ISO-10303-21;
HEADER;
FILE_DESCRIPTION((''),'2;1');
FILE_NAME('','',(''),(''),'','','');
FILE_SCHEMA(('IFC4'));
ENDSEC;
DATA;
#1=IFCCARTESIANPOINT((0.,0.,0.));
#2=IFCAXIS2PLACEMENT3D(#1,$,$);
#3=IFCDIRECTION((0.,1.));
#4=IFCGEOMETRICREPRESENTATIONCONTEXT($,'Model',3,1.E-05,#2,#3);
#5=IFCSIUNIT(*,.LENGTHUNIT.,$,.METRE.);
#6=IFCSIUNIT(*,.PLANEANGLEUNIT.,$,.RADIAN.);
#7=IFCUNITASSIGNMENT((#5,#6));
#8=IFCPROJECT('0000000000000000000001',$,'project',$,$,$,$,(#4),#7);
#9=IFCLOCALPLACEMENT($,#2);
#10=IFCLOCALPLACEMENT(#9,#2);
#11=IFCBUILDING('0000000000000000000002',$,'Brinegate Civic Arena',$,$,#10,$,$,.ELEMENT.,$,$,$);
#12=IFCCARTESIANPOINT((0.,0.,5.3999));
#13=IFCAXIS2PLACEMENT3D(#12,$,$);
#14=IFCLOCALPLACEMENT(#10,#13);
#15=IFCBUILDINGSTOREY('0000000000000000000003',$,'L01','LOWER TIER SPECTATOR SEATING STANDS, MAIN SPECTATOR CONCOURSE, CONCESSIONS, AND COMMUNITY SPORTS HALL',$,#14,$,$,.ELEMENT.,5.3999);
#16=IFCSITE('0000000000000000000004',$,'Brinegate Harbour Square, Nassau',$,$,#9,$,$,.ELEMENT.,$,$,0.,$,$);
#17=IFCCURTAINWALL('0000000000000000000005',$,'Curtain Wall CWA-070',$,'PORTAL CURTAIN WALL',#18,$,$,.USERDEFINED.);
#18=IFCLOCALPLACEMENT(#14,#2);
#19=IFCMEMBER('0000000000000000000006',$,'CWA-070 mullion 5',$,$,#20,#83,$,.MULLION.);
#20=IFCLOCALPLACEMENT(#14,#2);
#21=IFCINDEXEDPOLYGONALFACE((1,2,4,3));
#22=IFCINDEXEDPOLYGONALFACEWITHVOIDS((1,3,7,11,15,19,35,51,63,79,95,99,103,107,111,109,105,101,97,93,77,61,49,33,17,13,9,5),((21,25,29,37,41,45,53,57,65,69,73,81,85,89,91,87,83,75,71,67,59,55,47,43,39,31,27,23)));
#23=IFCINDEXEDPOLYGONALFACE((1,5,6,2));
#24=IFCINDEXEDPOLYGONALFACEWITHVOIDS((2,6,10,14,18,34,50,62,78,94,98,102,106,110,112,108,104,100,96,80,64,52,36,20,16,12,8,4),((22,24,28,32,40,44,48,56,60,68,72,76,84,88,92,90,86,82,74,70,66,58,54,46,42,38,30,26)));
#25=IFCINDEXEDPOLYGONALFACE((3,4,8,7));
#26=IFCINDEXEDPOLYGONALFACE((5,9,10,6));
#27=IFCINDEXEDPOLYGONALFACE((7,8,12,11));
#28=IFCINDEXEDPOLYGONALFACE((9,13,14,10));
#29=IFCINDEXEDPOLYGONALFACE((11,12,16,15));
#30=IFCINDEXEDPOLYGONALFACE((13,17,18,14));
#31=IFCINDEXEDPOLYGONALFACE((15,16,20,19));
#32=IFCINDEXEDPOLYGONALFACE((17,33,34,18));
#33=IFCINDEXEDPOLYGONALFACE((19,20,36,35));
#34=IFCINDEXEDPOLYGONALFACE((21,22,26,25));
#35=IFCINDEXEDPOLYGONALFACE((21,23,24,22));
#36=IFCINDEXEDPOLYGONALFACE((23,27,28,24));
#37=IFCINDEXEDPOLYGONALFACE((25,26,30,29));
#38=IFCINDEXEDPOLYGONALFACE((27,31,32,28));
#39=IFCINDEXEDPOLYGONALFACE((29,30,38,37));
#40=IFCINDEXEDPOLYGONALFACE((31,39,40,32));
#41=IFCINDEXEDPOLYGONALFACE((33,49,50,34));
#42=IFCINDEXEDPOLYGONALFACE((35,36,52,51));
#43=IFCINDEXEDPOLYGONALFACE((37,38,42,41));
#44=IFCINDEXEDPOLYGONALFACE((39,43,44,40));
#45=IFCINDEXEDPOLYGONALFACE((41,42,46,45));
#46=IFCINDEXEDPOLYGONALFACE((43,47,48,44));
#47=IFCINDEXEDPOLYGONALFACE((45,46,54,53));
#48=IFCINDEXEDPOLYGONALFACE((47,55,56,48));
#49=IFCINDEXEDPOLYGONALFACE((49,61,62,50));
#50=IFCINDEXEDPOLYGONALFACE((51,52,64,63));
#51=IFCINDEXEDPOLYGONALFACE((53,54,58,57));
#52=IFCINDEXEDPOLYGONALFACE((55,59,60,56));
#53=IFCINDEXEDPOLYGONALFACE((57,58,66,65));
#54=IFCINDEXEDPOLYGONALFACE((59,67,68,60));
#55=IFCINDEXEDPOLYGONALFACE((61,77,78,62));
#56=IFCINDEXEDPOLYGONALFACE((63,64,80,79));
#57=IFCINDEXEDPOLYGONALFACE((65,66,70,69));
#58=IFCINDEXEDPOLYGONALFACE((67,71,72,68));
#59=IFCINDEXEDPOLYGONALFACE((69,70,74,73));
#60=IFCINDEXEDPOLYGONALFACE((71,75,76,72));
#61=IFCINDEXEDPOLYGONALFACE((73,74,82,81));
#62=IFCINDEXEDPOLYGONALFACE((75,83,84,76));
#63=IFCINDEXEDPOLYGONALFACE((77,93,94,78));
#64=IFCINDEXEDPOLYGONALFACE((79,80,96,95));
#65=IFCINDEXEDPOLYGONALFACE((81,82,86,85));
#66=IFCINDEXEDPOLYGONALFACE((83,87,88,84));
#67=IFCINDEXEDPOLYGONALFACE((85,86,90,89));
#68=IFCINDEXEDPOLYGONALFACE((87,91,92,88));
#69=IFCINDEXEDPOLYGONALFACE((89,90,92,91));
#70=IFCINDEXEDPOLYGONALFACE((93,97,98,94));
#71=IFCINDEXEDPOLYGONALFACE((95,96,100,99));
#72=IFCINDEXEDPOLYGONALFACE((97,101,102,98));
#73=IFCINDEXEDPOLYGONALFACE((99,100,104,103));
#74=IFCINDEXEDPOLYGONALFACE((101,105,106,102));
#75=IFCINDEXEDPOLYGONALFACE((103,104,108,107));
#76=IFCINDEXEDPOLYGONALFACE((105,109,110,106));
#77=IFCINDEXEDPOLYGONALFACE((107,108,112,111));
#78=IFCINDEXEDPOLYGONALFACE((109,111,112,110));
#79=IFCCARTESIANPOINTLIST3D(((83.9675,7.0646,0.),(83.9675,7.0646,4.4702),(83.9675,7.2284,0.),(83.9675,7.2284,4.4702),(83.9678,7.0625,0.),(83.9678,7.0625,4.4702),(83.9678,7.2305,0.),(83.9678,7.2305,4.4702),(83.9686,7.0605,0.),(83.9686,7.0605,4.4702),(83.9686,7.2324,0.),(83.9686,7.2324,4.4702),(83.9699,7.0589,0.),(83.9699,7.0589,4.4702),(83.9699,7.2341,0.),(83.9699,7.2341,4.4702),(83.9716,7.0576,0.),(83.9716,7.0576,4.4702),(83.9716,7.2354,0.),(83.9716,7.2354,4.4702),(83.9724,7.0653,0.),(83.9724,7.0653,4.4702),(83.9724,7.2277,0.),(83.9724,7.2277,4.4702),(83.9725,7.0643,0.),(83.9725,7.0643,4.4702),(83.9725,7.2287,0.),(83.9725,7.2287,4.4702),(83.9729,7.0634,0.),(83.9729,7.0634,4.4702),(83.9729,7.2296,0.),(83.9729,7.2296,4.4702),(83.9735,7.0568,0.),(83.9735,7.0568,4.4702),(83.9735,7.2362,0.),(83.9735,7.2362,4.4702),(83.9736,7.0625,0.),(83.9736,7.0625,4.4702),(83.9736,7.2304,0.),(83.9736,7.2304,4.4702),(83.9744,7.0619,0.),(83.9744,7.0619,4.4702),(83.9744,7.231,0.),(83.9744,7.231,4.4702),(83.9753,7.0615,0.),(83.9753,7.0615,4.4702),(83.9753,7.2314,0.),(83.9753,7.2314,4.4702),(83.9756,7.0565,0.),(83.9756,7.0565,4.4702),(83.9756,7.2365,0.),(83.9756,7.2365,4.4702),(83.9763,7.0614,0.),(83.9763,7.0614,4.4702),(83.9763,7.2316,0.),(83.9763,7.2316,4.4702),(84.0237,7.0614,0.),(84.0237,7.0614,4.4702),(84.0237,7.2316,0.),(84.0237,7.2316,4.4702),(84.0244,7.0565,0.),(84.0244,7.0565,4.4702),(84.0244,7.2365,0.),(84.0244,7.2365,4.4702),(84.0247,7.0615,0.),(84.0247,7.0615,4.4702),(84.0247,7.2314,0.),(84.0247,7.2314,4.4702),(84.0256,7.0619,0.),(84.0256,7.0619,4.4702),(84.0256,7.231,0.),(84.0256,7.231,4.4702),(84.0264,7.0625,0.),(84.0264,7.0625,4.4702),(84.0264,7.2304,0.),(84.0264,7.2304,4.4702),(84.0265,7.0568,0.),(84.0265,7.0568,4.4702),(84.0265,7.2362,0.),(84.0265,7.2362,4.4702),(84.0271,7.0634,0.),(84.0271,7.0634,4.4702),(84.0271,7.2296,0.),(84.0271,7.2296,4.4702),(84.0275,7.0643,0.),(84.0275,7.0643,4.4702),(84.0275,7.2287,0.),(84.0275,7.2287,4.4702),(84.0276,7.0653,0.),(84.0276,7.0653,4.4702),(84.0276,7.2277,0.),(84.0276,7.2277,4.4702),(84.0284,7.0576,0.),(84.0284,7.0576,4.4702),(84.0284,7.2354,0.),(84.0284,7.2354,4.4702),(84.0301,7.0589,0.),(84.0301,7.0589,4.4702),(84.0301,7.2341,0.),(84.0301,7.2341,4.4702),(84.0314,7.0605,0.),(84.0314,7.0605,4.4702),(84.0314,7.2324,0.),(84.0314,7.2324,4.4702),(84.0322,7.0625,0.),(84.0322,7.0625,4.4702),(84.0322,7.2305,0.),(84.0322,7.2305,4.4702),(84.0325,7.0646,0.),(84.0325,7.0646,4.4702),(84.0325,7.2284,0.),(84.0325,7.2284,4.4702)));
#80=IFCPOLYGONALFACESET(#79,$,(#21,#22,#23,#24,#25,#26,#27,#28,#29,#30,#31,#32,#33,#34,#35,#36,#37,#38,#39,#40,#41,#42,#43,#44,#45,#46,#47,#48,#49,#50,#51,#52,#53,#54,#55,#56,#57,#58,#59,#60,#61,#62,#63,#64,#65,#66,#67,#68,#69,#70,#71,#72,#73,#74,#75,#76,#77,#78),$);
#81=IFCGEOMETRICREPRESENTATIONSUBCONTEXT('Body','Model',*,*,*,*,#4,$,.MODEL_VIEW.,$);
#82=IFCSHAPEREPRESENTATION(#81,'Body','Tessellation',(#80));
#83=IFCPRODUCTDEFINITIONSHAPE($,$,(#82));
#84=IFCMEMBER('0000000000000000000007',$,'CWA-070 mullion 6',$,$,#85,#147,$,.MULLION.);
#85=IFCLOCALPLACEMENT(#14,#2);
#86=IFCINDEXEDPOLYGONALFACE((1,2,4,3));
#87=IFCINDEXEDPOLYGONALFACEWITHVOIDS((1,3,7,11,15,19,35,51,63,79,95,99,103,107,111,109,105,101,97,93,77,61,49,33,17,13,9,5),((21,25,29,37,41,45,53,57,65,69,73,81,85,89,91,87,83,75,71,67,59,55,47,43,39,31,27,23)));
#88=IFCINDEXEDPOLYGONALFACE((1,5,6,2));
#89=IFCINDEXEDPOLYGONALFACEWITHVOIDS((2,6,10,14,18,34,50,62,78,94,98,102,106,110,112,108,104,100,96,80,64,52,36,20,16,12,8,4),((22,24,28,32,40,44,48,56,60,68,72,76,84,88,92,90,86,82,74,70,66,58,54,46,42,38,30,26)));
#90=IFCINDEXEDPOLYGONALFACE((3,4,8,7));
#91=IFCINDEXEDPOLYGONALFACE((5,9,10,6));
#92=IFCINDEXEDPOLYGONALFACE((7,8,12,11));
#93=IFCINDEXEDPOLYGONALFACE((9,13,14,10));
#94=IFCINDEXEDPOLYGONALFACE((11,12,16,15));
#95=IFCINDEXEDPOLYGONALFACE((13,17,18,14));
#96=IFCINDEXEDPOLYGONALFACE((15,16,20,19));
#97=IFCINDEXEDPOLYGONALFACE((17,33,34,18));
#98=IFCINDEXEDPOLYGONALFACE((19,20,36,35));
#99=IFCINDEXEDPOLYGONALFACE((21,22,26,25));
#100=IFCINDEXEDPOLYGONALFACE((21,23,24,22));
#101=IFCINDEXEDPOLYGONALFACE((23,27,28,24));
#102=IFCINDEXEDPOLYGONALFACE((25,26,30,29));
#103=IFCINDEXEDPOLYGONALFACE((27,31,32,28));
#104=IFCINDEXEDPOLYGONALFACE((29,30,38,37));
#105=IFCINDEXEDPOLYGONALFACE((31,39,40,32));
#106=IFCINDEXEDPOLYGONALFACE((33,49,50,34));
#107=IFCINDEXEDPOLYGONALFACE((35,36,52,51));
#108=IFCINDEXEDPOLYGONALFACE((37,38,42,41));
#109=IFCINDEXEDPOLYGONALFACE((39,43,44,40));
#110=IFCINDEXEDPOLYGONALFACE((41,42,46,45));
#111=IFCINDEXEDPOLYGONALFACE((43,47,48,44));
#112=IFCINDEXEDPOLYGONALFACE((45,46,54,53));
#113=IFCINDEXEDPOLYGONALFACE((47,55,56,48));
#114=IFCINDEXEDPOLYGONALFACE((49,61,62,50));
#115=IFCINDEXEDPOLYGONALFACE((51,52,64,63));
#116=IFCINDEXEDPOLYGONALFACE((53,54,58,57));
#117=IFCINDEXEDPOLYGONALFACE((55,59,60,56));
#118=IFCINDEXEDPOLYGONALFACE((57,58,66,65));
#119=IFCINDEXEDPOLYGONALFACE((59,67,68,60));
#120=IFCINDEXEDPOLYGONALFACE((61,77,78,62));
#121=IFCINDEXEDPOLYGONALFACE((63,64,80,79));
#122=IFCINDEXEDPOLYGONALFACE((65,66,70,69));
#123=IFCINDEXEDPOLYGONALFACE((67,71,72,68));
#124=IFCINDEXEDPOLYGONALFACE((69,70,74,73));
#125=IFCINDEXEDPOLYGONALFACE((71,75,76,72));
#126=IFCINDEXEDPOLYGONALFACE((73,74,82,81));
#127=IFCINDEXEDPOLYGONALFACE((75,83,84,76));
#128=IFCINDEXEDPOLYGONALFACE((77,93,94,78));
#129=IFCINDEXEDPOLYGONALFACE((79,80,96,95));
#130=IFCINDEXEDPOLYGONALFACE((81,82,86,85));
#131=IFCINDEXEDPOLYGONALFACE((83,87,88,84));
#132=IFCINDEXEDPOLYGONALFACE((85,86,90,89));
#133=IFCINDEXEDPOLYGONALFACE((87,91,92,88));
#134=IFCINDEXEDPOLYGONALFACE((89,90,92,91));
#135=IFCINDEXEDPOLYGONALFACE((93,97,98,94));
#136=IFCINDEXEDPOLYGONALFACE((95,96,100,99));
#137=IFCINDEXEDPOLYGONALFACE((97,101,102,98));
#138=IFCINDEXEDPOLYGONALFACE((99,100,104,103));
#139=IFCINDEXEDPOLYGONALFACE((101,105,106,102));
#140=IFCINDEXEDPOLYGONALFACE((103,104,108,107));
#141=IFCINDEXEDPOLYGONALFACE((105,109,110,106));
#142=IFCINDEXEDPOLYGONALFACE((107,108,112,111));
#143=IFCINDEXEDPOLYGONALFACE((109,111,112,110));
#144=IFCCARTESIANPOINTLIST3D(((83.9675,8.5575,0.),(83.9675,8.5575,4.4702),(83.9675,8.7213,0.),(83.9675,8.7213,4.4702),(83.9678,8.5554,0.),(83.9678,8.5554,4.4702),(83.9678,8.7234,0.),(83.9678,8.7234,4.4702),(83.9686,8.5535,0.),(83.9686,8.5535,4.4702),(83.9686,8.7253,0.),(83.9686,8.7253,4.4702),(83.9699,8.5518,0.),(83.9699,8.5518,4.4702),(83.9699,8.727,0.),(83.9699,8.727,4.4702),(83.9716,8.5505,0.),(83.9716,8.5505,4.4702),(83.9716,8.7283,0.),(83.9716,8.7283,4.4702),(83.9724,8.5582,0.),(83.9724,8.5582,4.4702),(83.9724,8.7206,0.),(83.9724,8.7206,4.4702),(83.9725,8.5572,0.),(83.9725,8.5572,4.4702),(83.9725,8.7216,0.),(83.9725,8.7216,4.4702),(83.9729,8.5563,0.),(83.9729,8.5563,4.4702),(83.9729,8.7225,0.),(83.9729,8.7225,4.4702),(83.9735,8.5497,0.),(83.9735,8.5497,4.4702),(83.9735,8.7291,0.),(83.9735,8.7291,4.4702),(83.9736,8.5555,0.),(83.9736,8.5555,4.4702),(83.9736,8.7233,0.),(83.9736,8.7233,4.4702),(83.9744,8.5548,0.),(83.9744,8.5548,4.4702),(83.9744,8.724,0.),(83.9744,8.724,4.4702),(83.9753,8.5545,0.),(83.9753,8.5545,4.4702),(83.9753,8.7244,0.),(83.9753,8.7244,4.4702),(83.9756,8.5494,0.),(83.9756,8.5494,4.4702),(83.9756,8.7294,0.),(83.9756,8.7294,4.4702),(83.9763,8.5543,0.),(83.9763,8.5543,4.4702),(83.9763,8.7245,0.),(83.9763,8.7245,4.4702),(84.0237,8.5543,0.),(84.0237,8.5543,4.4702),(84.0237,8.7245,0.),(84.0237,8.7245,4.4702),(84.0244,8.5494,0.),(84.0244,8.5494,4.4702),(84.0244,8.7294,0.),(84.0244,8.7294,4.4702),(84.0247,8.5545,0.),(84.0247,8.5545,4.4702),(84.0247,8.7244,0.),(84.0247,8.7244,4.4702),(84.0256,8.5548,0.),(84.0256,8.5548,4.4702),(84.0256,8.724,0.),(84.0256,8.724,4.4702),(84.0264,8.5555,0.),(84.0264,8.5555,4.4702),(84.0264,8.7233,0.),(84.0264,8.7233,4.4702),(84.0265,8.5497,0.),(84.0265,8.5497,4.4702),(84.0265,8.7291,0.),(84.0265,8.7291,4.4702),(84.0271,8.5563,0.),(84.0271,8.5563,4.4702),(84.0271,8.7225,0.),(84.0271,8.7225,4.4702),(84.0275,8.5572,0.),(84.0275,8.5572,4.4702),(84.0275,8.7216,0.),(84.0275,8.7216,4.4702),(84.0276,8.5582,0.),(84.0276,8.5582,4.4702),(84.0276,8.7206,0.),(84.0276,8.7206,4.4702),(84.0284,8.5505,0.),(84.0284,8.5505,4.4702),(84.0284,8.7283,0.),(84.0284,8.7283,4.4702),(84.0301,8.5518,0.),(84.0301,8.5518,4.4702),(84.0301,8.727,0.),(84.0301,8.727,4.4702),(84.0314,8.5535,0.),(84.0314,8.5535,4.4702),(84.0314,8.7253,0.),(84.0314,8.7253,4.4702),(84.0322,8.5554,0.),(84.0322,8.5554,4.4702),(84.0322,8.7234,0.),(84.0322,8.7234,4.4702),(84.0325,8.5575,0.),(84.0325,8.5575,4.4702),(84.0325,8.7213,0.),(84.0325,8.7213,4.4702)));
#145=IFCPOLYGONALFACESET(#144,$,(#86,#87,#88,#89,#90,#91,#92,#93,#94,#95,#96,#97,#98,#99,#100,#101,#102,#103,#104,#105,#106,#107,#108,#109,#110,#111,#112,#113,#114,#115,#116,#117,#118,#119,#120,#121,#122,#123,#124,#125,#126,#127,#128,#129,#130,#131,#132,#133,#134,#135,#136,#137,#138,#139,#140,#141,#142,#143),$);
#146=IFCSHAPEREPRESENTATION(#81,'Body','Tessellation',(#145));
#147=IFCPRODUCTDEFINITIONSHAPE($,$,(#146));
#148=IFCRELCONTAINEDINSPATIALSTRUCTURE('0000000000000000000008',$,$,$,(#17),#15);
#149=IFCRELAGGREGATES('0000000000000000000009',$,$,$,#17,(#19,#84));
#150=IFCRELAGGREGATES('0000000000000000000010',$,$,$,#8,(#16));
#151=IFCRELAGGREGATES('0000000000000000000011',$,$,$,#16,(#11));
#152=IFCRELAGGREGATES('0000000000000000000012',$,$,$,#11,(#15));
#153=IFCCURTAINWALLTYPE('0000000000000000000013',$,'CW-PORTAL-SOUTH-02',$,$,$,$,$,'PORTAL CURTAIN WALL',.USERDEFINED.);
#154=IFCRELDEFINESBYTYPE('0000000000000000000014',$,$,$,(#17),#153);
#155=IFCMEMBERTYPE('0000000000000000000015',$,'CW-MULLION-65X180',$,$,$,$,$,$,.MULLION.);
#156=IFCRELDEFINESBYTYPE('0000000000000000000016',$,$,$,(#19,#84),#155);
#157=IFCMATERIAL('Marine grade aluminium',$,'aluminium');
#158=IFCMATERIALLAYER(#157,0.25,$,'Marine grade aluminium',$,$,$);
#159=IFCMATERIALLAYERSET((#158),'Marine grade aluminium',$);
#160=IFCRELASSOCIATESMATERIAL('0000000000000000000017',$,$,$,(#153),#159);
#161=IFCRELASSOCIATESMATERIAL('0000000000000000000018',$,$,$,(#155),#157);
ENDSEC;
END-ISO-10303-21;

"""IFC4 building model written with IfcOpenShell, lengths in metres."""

from ifc_helpers import new_model, si_unit, direction, frame, origin, origin_2d, place, context, subcontext, project, spatial, hollow_rectangle, extrude, material, layer, layer_set, material_profile, profile_set, type_object, element, aggregate, save


model = new_model("IFC4")

# Units and contexts
model_context = context("Model", 3, precision=1e-05, world=origin(), true_north=direction((0.0, 1.0)))
body_context = subcontext(model_context, "Body", "Model", "MODEL_VIEW")
ifc_project = project(units=[si_unit("LENGTHUNIT", "METRE"), si_unit("PLANEANGLEUNIT", "RADIAN")], contexts=[model_context])

# Site, building, storey
site_placement = place(None, origin())
site = spatial("IfcSite", under=ifc_project, at=site_placement, Name="Brinegate Harbour Square, Nassau", CompositionType="ELEMENT", RefElevation=0.0)
building_placement = place(site_placement, origin())
building = spatial("IfcBuilding", under=site, at=building_placement, Name="Brinegate Civic Arena", CompositionType="ELEMENT")
storey_placement = place(building_placement, frame((0.0, 0.0, 5.3999)))
storey = spatial("IfcBuildingStorey", under=building, at=storey_placement, Name="L01", Description="LOWER TIER SPECTATOR SEATING STANDS, MAIN SPECTATOR CONCOURSE, CONCESSIONS, AND COMMUNITY SPORTS HALL", CompositionType="ELEMENT", Elevation=5.3999)

# Curtain wall, members
ifc_material_1 = material(Name="Marine grade aluminium", Category="aluminium")
ifc_layer_1 = layer(ifc_material_1, 0.25, Name="Marine grade aluminium")
ifc_layer_set_1 = layer_set([ifc_layer_1], Name="Marine grade aluminium")
curtain_wall_type = type_object("IfcCurtainWallType", Name="CW-PORTAL-SOUTH-02", ElementType="PORTAL CURTAIN WALL", PredefinedType="USERDEFINED", material=ifc_layer_set_1)
curtain_wall_1_placement = place(storey_placement, origin())
curtain_wall_1 = element("IfcCurtainWall", 1, at=curtain_wall_1_placement, inside=storey, type_object=curtain_wall_type, Name="Curtain Wall CWA-070", ObjectType="PORTAL CURTAIN WALL", PredefinedType="USERDEFINED")
ifc_material_profile_1 = material_profile(ifc_material_1, hollow_rectangle(XDim=0.0649, YDim=0.1799, WallThickness=0.0049, InnerFilletRadius=0.0039, OuterFilletRadius=0.0081, at=origin_2d()), Name="MUL65X180")
ifc_profile_set_1 = profile_set([ifc_material_profile_1], Name="Marine grade aluminium")
member_type_1 = type_object("IfcMemberType", Name="CW-MULLION-65X180", PredefinedType="MULLION", material=ifc_profile_set_1)
member_1_placement = place(storey_placement, frame((84.0, 7.1465, 0.0), z_axis=(0.0, 0.0, 1.0), x_axis=(-1.0, 0.0, 0.0)))
member_1 = element("IfcMember", 2, at=member_1_placement, type_object=member_type_1, Name="CWA-070 mullion 5", PredefinedType="MULLION", context=body_context, shape_type="SweptSolid", body=[
    extrude(hollow_rectangle(XDim=0.0649, YDim=0.1799, WallThickness=0.0049, InnerFilletRadius=0.0039, OuterFilletRadius=0.0081, at=origin_2d()), origin(), (0.0, 0.0, 1.0), 4.4702),
])
member_2_placement = place(storey_placement, frame((84.0, 8.6394, 0.0), z_axis=(0.0, 0.0, 1.0), x_axis=(-1.0, 0.0, 0.0)))
member_2 = element("IfcMember", 3, at=member_2_placement, type_object=member_type_1, Name="CWA-070 mullion 6", PredefinedType="MULLION", context=body_context, shape_type="SweptSolid", body=[
    extrude(hollow_rectangle(XDim=0.0649, YDim=0.1799, WallThickness=0.0049, InnerFilletRadius=0.0039, OuterFilletRadius=0.0081, at=origin_2d()), origin(), (0.0, 0.0, 1.0), 4.4702),
])

aggregate(curtain_wall_1, [member_1, member_2])

save(model, "model.ifc")
